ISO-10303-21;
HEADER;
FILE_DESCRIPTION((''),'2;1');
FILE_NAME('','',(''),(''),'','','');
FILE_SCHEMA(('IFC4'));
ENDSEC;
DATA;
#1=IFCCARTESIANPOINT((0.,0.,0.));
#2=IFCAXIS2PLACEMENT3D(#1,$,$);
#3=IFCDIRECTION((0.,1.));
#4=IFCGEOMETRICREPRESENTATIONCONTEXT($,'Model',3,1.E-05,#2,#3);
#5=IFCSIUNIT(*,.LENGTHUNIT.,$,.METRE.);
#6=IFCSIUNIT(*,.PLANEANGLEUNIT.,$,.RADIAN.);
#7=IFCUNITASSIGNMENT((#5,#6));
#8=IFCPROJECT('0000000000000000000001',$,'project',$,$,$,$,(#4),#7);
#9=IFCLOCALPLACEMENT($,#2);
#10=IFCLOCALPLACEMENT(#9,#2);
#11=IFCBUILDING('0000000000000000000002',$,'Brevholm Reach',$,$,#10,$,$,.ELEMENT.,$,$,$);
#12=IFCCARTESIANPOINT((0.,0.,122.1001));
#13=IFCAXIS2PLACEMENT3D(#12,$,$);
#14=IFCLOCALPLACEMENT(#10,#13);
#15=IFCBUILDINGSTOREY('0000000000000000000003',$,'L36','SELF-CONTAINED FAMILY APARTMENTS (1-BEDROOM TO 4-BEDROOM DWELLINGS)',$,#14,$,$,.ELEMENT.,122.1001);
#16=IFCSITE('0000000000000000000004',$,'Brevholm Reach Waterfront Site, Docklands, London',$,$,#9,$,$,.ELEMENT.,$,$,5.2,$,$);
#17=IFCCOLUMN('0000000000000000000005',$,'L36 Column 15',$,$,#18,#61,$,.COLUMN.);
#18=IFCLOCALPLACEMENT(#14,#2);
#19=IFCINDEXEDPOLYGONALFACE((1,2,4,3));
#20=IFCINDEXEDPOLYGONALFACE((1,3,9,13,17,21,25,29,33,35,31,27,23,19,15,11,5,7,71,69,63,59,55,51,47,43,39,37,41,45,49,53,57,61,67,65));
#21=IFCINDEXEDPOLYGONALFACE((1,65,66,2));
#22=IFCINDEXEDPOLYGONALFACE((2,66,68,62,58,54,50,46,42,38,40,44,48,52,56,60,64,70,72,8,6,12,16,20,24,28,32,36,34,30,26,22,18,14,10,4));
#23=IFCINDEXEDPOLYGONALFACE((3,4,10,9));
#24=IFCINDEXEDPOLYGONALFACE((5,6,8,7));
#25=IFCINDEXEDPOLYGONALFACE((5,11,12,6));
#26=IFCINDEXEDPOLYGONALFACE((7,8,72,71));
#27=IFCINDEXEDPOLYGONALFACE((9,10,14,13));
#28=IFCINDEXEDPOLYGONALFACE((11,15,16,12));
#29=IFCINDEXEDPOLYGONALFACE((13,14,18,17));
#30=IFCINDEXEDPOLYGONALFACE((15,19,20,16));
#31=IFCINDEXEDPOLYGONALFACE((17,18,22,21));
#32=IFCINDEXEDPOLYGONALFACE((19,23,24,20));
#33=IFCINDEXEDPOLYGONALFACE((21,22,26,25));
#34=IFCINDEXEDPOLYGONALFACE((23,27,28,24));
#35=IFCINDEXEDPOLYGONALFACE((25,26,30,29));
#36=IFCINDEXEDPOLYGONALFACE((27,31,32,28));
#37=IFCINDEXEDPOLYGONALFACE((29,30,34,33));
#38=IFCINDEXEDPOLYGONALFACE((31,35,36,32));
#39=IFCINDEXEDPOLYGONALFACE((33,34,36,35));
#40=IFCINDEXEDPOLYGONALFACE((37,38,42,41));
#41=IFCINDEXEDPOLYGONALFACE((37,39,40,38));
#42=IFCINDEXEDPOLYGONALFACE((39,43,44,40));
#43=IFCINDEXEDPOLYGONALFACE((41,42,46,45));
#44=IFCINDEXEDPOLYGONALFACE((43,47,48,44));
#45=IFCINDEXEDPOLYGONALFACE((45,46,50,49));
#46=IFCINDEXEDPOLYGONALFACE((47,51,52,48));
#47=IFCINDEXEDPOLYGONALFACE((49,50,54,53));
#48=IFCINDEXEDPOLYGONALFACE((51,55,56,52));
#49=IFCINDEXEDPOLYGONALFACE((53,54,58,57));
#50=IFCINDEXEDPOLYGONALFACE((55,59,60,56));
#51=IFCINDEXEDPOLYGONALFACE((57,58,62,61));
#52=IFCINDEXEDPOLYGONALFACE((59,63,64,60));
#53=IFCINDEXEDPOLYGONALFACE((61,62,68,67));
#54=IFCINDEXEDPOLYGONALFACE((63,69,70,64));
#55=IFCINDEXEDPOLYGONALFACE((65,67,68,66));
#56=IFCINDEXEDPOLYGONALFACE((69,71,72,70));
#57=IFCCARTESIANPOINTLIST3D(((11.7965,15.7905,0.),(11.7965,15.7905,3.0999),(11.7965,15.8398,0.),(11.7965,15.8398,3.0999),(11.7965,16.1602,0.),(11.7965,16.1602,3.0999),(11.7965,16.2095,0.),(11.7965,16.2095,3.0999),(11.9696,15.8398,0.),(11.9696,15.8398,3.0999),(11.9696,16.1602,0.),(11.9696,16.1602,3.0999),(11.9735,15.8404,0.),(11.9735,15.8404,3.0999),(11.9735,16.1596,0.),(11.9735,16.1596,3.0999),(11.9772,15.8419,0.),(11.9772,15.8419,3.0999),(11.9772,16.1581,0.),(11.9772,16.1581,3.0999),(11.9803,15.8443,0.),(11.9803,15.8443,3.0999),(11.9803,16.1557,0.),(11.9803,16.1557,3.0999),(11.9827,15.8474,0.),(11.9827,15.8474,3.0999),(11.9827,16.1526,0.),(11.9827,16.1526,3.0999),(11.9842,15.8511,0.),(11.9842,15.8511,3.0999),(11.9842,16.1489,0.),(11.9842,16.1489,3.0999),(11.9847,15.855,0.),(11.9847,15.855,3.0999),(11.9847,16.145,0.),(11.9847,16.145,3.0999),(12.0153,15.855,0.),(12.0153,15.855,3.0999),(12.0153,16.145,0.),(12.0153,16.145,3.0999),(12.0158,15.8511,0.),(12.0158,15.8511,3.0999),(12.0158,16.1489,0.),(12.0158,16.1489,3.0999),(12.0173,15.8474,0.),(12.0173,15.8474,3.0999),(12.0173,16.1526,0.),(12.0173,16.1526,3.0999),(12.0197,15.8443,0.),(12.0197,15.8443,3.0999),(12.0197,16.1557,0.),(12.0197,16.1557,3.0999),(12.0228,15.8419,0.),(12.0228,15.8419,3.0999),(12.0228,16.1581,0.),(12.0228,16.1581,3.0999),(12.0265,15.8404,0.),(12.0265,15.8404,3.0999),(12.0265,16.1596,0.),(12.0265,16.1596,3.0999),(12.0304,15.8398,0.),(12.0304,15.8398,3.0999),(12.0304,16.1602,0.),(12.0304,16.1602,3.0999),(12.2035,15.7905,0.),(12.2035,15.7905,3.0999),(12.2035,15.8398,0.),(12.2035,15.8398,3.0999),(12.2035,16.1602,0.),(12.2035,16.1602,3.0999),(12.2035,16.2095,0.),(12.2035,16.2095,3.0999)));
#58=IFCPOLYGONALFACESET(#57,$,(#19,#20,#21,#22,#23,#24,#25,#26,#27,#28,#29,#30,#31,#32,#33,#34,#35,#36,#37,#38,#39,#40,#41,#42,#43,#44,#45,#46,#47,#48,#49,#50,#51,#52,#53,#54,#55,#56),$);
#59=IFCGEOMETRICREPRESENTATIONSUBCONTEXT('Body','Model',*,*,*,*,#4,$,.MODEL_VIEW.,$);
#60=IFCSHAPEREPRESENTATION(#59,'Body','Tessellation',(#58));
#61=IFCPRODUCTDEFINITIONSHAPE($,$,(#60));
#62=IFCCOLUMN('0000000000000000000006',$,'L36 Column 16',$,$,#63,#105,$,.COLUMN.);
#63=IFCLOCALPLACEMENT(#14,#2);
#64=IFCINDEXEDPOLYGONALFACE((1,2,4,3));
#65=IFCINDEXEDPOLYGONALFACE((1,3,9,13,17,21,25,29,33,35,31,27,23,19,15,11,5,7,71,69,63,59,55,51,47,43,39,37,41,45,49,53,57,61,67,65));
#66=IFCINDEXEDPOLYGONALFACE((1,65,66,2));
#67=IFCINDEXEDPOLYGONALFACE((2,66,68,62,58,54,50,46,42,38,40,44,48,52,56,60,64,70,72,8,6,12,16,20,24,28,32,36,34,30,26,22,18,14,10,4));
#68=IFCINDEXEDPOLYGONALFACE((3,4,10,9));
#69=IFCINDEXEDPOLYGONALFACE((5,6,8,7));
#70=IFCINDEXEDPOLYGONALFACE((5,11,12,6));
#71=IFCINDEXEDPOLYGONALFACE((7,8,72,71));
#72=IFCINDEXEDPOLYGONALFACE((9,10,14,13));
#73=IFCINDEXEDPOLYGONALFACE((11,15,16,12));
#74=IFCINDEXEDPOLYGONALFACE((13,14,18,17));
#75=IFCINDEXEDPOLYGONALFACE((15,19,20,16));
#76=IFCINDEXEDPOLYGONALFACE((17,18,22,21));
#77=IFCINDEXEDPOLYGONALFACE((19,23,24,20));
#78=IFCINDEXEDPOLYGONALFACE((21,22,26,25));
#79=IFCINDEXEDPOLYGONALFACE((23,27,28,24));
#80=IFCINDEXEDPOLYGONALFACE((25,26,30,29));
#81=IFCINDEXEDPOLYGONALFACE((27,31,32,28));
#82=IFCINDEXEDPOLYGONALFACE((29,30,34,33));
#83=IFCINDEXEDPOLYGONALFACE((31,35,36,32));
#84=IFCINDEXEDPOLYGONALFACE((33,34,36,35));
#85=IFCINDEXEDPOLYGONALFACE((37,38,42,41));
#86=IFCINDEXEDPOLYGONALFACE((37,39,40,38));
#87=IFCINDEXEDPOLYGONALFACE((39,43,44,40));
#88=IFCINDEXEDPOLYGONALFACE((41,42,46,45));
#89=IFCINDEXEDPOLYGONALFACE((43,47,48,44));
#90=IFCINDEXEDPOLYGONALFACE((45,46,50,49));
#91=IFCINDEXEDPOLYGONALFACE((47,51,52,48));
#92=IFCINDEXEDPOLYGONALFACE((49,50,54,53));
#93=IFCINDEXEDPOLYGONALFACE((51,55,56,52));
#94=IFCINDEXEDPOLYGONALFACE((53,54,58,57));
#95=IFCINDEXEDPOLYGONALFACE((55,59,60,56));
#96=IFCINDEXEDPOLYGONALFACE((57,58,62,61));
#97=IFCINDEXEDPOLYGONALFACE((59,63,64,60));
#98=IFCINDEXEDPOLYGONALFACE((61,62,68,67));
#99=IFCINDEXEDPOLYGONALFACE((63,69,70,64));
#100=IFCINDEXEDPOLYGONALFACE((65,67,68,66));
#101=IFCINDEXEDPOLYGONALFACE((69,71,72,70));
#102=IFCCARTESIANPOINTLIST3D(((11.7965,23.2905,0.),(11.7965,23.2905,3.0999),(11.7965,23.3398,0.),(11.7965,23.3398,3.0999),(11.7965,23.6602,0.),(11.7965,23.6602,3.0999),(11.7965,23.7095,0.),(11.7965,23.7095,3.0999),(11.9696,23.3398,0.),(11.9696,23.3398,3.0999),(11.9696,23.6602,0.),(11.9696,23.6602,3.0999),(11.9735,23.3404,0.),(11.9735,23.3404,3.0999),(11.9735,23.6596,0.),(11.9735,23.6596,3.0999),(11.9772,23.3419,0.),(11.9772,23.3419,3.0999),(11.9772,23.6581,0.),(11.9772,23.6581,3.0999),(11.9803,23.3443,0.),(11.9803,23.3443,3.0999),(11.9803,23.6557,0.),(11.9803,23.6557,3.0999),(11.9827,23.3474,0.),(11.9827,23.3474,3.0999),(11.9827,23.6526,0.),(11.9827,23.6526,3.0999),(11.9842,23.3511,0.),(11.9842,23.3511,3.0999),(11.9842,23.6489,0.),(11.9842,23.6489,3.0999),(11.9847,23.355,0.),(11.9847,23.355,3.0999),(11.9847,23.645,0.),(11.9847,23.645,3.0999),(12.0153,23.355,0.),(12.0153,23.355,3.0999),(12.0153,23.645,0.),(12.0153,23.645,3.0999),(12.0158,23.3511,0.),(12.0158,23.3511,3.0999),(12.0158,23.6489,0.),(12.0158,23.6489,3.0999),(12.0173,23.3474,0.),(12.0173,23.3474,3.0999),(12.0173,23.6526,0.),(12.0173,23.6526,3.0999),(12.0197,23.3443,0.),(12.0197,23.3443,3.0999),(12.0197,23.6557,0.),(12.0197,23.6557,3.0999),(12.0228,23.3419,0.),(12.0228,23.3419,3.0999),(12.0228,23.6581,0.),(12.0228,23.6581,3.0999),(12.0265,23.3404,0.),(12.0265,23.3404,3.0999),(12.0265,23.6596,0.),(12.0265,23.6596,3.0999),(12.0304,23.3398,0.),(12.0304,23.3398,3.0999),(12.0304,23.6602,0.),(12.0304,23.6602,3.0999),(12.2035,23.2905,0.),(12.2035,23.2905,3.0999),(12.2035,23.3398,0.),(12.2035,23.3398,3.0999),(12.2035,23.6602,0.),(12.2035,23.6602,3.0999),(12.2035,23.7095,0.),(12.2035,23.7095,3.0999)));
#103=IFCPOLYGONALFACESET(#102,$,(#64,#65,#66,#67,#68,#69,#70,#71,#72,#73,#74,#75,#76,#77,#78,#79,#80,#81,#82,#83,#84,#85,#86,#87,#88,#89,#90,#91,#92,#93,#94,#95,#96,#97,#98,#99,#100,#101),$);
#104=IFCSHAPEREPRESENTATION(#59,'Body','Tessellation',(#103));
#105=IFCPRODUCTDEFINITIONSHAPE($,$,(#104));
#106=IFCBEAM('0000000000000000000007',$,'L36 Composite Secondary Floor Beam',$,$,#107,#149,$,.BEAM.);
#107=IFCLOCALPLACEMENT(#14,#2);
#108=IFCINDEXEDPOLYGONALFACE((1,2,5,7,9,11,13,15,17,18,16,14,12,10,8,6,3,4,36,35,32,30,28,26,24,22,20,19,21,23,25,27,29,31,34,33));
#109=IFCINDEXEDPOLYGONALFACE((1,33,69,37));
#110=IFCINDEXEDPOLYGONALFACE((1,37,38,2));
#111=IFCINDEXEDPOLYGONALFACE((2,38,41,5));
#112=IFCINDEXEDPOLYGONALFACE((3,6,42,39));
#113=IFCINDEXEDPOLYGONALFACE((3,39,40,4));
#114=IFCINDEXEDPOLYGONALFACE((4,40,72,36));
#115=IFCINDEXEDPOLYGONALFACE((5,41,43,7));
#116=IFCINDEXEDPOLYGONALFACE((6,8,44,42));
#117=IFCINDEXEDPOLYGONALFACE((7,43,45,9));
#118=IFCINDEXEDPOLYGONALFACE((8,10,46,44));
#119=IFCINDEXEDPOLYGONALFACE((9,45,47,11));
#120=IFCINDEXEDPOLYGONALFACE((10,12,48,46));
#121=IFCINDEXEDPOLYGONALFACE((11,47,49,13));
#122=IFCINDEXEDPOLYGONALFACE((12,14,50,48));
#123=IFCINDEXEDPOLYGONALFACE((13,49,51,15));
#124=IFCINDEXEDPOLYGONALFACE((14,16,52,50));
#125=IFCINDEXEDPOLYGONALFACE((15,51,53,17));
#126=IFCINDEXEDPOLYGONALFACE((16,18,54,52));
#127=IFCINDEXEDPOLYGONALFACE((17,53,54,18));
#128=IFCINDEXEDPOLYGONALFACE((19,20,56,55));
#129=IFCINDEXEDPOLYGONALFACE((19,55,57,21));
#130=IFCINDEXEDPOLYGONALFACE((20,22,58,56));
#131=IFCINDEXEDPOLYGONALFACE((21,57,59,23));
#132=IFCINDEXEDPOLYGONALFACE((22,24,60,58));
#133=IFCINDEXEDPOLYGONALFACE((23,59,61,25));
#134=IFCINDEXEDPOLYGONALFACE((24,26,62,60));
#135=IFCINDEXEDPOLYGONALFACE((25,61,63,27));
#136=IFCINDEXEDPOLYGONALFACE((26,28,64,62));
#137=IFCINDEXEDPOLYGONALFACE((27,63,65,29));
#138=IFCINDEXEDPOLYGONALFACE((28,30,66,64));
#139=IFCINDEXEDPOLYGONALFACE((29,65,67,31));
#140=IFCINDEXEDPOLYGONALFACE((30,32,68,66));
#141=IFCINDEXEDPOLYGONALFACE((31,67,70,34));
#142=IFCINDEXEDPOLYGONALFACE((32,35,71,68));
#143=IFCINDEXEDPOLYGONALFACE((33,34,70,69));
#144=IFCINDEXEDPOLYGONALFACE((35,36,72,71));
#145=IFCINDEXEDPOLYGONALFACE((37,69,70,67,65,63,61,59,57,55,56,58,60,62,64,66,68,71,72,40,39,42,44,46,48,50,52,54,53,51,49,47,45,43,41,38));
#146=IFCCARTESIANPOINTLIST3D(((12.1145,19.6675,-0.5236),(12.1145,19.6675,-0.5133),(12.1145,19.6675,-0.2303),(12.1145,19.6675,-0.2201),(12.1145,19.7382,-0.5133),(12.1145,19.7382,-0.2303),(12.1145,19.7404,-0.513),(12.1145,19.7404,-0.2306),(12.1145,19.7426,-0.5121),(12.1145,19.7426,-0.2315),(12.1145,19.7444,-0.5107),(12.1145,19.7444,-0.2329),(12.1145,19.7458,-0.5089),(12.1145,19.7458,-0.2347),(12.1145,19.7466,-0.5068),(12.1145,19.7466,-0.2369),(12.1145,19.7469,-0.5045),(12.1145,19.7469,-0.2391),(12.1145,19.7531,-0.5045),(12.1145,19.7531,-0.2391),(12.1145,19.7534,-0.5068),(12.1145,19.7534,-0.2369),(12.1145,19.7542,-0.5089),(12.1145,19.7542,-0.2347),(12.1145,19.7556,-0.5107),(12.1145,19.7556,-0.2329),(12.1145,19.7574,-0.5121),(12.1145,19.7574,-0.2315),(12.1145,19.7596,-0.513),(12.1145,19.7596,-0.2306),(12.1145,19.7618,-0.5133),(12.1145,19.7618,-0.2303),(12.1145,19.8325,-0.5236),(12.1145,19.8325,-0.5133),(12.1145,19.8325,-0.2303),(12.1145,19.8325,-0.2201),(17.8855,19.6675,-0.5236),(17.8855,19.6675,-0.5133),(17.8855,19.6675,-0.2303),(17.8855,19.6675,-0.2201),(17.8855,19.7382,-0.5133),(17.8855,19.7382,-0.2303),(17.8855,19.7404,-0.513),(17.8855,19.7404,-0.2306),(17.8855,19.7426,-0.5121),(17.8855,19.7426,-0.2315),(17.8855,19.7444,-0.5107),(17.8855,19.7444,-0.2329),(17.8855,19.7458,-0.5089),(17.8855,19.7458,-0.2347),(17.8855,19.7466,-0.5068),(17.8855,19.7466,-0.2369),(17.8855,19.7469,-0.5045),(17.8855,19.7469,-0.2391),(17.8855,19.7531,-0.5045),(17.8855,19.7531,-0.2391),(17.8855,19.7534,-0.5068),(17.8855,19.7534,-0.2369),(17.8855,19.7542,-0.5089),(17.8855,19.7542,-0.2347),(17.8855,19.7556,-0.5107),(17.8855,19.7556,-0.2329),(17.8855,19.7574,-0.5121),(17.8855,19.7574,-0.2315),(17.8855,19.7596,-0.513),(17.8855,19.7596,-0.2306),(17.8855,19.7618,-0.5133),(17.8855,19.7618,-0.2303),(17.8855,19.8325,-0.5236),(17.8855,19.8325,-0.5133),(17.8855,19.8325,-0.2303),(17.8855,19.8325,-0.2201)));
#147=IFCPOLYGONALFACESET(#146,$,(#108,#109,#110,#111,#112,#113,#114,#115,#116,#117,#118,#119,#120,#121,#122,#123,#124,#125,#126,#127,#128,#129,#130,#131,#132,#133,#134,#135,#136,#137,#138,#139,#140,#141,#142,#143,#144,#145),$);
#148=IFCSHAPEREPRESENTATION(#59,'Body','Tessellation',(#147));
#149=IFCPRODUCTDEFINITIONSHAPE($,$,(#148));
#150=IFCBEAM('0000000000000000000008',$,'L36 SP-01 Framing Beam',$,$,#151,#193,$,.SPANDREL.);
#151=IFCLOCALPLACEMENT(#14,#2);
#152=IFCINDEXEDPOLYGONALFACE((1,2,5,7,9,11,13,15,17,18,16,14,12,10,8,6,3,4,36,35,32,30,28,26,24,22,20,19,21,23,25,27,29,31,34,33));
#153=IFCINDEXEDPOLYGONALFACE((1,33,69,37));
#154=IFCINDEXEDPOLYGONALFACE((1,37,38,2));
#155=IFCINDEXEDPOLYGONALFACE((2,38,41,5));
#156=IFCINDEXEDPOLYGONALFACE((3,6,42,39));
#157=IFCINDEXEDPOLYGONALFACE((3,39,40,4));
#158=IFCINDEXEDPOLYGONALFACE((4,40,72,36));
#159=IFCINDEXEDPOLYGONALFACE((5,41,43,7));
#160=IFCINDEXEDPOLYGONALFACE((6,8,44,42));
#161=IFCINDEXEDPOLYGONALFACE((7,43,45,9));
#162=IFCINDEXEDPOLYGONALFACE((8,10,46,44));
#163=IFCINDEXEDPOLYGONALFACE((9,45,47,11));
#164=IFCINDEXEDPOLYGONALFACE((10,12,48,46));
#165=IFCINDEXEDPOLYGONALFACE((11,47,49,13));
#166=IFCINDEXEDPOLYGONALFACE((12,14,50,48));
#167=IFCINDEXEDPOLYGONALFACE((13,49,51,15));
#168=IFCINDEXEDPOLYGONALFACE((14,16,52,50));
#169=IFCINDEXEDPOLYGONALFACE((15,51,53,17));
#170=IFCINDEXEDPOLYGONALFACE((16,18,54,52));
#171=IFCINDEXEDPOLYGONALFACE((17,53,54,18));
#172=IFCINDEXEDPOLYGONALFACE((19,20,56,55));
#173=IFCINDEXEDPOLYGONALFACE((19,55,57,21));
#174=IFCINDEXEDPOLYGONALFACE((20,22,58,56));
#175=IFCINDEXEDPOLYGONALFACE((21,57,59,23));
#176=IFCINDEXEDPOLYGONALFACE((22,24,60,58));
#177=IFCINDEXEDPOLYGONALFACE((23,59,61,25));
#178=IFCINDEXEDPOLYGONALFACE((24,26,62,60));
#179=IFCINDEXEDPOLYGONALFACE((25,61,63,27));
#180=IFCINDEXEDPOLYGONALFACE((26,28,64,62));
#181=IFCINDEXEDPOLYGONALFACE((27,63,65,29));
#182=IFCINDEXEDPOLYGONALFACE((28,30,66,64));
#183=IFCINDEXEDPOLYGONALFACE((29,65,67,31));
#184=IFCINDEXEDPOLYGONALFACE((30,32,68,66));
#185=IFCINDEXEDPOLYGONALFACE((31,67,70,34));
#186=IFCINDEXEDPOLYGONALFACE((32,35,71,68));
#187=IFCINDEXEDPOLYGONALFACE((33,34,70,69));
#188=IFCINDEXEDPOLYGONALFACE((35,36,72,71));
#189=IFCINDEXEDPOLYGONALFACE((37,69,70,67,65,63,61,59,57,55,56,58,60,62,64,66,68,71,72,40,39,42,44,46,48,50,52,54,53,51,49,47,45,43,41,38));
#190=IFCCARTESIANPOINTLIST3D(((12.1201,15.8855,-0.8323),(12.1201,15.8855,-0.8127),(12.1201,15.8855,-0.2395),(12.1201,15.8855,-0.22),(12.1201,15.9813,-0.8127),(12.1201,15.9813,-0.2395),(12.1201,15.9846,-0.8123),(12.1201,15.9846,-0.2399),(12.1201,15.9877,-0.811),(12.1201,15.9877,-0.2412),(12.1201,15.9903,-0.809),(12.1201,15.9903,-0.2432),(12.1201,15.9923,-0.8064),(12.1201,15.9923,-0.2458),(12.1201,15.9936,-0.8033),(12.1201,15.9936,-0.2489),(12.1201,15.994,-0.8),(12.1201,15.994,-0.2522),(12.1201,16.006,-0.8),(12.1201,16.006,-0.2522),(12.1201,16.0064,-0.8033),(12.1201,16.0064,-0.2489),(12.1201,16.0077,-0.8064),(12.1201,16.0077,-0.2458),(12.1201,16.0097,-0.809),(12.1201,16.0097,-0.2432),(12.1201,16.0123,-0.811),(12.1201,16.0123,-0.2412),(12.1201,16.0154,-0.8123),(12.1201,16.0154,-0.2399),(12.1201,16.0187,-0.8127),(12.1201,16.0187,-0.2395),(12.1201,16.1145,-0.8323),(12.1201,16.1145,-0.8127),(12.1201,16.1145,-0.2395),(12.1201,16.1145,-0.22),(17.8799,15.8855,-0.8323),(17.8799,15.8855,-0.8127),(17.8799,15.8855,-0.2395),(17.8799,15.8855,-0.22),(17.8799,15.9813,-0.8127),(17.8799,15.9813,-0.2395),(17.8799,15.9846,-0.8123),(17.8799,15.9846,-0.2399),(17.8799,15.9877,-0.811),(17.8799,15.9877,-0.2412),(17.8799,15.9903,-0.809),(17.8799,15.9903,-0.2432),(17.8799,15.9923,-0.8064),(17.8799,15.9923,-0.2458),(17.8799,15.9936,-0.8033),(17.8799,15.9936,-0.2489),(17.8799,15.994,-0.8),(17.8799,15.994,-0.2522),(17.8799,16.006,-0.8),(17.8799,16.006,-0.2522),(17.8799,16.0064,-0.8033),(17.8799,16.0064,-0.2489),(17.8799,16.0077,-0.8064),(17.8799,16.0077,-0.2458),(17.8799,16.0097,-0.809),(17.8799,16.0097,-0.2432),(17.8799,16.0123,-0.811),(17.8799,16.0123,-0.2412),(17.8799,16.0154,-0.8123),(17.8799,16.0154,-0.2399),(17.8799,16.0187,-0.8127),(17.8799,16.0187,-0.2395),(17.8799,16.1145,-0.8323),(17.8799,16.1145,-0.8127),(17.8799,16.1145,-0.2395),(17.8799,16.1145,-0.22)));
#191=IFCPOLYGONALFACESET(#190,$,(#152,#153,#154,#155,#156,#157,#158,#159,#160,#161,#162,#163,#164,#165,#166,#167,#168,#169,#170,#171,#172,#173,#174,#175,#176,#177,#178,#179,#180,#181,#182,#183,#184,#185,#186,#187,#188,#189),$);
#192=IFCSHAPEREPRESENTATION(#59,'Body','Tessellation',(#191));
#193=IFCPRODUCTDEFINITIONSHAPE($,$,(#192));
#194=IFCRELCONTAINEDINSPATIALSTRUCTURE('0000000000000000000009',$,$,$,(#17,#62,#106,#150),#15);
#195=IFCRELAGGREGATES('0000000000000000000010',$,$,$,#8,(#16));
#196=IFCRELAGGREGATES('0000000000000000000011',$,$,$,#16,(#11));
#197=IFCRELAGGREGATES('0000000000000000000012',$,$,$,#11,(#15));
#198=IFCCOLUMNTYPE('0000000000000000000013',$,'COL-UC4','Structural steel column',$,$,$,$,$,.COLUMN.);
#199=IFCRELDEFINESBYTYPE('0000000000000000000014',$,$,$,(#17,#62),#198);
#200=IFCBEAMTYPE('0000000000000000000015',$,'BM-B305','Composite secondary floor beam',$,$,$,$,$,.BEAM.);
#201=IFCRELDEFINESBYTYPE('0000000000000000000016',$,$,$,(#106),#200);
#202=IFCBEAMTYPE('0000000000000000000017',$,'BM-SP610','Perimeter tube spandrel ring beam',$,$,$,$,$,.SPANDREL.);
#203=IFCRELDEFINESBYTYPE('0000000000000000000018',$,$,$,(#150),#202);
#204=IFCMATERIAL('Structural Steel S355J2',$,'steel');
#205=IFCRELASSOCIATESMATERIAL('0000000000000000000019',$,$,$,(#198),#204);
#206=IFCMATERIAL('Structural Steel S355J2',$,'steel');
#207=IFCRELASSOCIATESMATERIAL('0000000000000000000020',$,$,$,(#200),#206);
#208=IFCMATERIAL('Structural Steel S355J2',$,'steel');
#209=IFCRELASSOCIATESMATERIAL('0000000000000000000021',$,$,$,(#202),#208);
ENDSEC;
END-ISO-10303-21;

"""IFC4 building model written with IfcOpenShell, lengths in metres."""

from ifc_helpers import new_model, si_unit, direction, frame, origin, origin_2d, place, context, subcontext, project, spatial, i_section, extrude, material, material_profile, profile_set, type_object, element, save


model = new_model("IFC4")

# Units and contexts
model_context = context("Model", 3, precision=1e-05, world=origin(), true_north=direction((0.0, 1.0)))
body_context = subcontext(model_context, "Body", "Model", "MODEL_VIEW")
ifc_project = project(units=[si_unit("LENGTHUNIT", "METRE"), si_unit("PLANEANGLEUNIT", "RADIAN")], contexts=[model_context])

# Site, building, storey
site_placement = place(None, origin())
site = spatial("IfcSite", under=ifc_project, at=site_placement, Name="Brevholm Reach Waterfront Site, Docklands, London", CompositionType="ELEMENT", RefElevation=5.2)
building_placement = place(site_placement, origin())
building = spatial("IfcBuilding", under=site, at=building_placement, Name="Brevholm Reach", CompositionType="ELEMENT")
storey_placement = place(building_placement, frame((0.0, 0.0, 122.1001)))
storey = spatial("IfcBuildingStorey", under=building, at=storey_placement, Name="L36", Description="SELF-CONTAINED FAMILY APARTMENTS (1-BEDROOM TO 4-BEDROOM DWELLINGS)", CompositionType="ELEMENT", Elevation=122.1001)

# Columns
ifc_material_1 = material(Name="Structural Steel S355J2", Category="steel")
ifc_material_profile_1 = material_profile(ifc_material_1, i_section(OverallWidth=0.407, OverallDepth=0.4189, WebThickness=0.0305, FlangeThickness=0.0493, FilletRadius=0.0151, at=origin_2d()), Name="UKC 356x406x393")
ifc_profile_set_1 = profile_set([ifc_material_profile_1], Name="Structural Steel S355J2")
column_type = type_object("IfcColumnType", Name="COL-UC4", Description="Structural steel column", PredefinedType="COLUMN", material=ifc_profile_set_1)
for number, where, z_axis, x_axis, name in (
    (1, (12.0, 16.0, 0.0), (0.0, 0.0, 1.0), (1.0, 0.0, 0.0), "L36 Column 15"),
    (2, (12.0, 23.5, 0.0), (0.0, 0.0, 1.0), (1.0, 0.0, 0.0), "L36 Column 16"),
):
    element("IfcColumn", number, at=place(storey_placement, frame(where, z_axis=z_axis, x_axis=x_axis)), inside=storey, type_object=column_type, Name=name, PredefinedType="COLUMN", context=body_context, shape_type="SweptSolid", body=[
        extrude(i_section(OverallWidth=0.407, OverallDepth=0.4189, WebThickness=0.0305, FlangeThickness=0.0493, FilletRadius=0.0151, at=origin_2d()), origin(), (0.0, 0.0, 1.0), 3.0999),
    ])

# Beams
ifc_material_2 = material(Name="Structural Steel S355J2", Category="steel")
ifc_material_profile_2 = material_profile(ifc_material_2, i_section(OverallWidth=0.165, OverallDepth=0.3035, WebThickness=0.0061, FlangeThickness=0.0103, FilletRadius=0.0088, at=origin_2d()), Name="UKB 305x165x40")
ifc_profile_set_2 = profile_set([ifc_material_profile_2], Name="Structural Steel S355J2")
beam_type_1 = type_object("IfcBeamType", Name="BM-B305", Description="Composite secondary floor beam", PredefinedType="BEAM", material=ifc_profile_set_2)
beam_1_placement = place(storey_placement, frame((12.1145, 19.75, -0.3718), z_axis=(1.0, 0.0, 0.0), x_axis=(0.0, 1.0, 0.0)))
element("IfcBeam", 3, at=beam_1_placement, inside=storey, type_object=beam_type_1, Name="L36 Composite Secondary Floor Beam", PredefinedType="BEAM", context=body_context, shape_type="SweptSolid", body=[
    extrude(i_section(OverallWidth=0.165, OverallDepth=0.3035, WebThickness=0.0061, FlangeThickness=0.0103, FilletRadius=0.0088, at=origin_2d()), origin(), (0.0, 0.0, 1.0), 5.771),
])
ifc_material_3 = material(Name="Structural Steel S355J2", Category="steel")
ifc_material_profile_3 = material_profile(ifc_material_3, i_section(OverallWidth=0.229, OverallDepth=0.6123, WebThickness=0.012, FlangeThickness=0.0195, FilletRadius=0.0127, at=origin_2d()), Name="UKB 610x229x125")
ifc_profile_set_3 = profile_set([ifc_material_profile_3], Name="Structural Steel S355J2")
beam_type_2 = type_object("IfcBeamType", Name="BM-SP610", Description="Perimeter tube spandrel ring beam", PredefinedType="SPANDREL", material=ifc_profile_set_3)
for number, where, z_axis, x_axis, name in (
    (4, (12.1201, 16.0, -0.5261), (1.0, 0.0, 0.0), (0.0, 1.0, 0.0), "L36 SP-01 Framing Beam"),
):
    element("IfcBeam", number, at=place(storey_placement, frame(where, z_axis=z_axis, x_axis=x_axis)), inside=storey, type_object=beam_type_2, Name=name, PredefinedType="SPANDREL", context=body_context, shape_type="SweptSolid", body=[
        extrude(i_section(OverallWidth=0.229, OverallDepth=0.6123, WebThickness=0.012, FlangeThickness=0.0195, FilletRadius=0.0127, at=origin_2d()), origin(), (0.0, 0.0, 1.0), 5.7598),
    ])

save(model, "model.ifc")
